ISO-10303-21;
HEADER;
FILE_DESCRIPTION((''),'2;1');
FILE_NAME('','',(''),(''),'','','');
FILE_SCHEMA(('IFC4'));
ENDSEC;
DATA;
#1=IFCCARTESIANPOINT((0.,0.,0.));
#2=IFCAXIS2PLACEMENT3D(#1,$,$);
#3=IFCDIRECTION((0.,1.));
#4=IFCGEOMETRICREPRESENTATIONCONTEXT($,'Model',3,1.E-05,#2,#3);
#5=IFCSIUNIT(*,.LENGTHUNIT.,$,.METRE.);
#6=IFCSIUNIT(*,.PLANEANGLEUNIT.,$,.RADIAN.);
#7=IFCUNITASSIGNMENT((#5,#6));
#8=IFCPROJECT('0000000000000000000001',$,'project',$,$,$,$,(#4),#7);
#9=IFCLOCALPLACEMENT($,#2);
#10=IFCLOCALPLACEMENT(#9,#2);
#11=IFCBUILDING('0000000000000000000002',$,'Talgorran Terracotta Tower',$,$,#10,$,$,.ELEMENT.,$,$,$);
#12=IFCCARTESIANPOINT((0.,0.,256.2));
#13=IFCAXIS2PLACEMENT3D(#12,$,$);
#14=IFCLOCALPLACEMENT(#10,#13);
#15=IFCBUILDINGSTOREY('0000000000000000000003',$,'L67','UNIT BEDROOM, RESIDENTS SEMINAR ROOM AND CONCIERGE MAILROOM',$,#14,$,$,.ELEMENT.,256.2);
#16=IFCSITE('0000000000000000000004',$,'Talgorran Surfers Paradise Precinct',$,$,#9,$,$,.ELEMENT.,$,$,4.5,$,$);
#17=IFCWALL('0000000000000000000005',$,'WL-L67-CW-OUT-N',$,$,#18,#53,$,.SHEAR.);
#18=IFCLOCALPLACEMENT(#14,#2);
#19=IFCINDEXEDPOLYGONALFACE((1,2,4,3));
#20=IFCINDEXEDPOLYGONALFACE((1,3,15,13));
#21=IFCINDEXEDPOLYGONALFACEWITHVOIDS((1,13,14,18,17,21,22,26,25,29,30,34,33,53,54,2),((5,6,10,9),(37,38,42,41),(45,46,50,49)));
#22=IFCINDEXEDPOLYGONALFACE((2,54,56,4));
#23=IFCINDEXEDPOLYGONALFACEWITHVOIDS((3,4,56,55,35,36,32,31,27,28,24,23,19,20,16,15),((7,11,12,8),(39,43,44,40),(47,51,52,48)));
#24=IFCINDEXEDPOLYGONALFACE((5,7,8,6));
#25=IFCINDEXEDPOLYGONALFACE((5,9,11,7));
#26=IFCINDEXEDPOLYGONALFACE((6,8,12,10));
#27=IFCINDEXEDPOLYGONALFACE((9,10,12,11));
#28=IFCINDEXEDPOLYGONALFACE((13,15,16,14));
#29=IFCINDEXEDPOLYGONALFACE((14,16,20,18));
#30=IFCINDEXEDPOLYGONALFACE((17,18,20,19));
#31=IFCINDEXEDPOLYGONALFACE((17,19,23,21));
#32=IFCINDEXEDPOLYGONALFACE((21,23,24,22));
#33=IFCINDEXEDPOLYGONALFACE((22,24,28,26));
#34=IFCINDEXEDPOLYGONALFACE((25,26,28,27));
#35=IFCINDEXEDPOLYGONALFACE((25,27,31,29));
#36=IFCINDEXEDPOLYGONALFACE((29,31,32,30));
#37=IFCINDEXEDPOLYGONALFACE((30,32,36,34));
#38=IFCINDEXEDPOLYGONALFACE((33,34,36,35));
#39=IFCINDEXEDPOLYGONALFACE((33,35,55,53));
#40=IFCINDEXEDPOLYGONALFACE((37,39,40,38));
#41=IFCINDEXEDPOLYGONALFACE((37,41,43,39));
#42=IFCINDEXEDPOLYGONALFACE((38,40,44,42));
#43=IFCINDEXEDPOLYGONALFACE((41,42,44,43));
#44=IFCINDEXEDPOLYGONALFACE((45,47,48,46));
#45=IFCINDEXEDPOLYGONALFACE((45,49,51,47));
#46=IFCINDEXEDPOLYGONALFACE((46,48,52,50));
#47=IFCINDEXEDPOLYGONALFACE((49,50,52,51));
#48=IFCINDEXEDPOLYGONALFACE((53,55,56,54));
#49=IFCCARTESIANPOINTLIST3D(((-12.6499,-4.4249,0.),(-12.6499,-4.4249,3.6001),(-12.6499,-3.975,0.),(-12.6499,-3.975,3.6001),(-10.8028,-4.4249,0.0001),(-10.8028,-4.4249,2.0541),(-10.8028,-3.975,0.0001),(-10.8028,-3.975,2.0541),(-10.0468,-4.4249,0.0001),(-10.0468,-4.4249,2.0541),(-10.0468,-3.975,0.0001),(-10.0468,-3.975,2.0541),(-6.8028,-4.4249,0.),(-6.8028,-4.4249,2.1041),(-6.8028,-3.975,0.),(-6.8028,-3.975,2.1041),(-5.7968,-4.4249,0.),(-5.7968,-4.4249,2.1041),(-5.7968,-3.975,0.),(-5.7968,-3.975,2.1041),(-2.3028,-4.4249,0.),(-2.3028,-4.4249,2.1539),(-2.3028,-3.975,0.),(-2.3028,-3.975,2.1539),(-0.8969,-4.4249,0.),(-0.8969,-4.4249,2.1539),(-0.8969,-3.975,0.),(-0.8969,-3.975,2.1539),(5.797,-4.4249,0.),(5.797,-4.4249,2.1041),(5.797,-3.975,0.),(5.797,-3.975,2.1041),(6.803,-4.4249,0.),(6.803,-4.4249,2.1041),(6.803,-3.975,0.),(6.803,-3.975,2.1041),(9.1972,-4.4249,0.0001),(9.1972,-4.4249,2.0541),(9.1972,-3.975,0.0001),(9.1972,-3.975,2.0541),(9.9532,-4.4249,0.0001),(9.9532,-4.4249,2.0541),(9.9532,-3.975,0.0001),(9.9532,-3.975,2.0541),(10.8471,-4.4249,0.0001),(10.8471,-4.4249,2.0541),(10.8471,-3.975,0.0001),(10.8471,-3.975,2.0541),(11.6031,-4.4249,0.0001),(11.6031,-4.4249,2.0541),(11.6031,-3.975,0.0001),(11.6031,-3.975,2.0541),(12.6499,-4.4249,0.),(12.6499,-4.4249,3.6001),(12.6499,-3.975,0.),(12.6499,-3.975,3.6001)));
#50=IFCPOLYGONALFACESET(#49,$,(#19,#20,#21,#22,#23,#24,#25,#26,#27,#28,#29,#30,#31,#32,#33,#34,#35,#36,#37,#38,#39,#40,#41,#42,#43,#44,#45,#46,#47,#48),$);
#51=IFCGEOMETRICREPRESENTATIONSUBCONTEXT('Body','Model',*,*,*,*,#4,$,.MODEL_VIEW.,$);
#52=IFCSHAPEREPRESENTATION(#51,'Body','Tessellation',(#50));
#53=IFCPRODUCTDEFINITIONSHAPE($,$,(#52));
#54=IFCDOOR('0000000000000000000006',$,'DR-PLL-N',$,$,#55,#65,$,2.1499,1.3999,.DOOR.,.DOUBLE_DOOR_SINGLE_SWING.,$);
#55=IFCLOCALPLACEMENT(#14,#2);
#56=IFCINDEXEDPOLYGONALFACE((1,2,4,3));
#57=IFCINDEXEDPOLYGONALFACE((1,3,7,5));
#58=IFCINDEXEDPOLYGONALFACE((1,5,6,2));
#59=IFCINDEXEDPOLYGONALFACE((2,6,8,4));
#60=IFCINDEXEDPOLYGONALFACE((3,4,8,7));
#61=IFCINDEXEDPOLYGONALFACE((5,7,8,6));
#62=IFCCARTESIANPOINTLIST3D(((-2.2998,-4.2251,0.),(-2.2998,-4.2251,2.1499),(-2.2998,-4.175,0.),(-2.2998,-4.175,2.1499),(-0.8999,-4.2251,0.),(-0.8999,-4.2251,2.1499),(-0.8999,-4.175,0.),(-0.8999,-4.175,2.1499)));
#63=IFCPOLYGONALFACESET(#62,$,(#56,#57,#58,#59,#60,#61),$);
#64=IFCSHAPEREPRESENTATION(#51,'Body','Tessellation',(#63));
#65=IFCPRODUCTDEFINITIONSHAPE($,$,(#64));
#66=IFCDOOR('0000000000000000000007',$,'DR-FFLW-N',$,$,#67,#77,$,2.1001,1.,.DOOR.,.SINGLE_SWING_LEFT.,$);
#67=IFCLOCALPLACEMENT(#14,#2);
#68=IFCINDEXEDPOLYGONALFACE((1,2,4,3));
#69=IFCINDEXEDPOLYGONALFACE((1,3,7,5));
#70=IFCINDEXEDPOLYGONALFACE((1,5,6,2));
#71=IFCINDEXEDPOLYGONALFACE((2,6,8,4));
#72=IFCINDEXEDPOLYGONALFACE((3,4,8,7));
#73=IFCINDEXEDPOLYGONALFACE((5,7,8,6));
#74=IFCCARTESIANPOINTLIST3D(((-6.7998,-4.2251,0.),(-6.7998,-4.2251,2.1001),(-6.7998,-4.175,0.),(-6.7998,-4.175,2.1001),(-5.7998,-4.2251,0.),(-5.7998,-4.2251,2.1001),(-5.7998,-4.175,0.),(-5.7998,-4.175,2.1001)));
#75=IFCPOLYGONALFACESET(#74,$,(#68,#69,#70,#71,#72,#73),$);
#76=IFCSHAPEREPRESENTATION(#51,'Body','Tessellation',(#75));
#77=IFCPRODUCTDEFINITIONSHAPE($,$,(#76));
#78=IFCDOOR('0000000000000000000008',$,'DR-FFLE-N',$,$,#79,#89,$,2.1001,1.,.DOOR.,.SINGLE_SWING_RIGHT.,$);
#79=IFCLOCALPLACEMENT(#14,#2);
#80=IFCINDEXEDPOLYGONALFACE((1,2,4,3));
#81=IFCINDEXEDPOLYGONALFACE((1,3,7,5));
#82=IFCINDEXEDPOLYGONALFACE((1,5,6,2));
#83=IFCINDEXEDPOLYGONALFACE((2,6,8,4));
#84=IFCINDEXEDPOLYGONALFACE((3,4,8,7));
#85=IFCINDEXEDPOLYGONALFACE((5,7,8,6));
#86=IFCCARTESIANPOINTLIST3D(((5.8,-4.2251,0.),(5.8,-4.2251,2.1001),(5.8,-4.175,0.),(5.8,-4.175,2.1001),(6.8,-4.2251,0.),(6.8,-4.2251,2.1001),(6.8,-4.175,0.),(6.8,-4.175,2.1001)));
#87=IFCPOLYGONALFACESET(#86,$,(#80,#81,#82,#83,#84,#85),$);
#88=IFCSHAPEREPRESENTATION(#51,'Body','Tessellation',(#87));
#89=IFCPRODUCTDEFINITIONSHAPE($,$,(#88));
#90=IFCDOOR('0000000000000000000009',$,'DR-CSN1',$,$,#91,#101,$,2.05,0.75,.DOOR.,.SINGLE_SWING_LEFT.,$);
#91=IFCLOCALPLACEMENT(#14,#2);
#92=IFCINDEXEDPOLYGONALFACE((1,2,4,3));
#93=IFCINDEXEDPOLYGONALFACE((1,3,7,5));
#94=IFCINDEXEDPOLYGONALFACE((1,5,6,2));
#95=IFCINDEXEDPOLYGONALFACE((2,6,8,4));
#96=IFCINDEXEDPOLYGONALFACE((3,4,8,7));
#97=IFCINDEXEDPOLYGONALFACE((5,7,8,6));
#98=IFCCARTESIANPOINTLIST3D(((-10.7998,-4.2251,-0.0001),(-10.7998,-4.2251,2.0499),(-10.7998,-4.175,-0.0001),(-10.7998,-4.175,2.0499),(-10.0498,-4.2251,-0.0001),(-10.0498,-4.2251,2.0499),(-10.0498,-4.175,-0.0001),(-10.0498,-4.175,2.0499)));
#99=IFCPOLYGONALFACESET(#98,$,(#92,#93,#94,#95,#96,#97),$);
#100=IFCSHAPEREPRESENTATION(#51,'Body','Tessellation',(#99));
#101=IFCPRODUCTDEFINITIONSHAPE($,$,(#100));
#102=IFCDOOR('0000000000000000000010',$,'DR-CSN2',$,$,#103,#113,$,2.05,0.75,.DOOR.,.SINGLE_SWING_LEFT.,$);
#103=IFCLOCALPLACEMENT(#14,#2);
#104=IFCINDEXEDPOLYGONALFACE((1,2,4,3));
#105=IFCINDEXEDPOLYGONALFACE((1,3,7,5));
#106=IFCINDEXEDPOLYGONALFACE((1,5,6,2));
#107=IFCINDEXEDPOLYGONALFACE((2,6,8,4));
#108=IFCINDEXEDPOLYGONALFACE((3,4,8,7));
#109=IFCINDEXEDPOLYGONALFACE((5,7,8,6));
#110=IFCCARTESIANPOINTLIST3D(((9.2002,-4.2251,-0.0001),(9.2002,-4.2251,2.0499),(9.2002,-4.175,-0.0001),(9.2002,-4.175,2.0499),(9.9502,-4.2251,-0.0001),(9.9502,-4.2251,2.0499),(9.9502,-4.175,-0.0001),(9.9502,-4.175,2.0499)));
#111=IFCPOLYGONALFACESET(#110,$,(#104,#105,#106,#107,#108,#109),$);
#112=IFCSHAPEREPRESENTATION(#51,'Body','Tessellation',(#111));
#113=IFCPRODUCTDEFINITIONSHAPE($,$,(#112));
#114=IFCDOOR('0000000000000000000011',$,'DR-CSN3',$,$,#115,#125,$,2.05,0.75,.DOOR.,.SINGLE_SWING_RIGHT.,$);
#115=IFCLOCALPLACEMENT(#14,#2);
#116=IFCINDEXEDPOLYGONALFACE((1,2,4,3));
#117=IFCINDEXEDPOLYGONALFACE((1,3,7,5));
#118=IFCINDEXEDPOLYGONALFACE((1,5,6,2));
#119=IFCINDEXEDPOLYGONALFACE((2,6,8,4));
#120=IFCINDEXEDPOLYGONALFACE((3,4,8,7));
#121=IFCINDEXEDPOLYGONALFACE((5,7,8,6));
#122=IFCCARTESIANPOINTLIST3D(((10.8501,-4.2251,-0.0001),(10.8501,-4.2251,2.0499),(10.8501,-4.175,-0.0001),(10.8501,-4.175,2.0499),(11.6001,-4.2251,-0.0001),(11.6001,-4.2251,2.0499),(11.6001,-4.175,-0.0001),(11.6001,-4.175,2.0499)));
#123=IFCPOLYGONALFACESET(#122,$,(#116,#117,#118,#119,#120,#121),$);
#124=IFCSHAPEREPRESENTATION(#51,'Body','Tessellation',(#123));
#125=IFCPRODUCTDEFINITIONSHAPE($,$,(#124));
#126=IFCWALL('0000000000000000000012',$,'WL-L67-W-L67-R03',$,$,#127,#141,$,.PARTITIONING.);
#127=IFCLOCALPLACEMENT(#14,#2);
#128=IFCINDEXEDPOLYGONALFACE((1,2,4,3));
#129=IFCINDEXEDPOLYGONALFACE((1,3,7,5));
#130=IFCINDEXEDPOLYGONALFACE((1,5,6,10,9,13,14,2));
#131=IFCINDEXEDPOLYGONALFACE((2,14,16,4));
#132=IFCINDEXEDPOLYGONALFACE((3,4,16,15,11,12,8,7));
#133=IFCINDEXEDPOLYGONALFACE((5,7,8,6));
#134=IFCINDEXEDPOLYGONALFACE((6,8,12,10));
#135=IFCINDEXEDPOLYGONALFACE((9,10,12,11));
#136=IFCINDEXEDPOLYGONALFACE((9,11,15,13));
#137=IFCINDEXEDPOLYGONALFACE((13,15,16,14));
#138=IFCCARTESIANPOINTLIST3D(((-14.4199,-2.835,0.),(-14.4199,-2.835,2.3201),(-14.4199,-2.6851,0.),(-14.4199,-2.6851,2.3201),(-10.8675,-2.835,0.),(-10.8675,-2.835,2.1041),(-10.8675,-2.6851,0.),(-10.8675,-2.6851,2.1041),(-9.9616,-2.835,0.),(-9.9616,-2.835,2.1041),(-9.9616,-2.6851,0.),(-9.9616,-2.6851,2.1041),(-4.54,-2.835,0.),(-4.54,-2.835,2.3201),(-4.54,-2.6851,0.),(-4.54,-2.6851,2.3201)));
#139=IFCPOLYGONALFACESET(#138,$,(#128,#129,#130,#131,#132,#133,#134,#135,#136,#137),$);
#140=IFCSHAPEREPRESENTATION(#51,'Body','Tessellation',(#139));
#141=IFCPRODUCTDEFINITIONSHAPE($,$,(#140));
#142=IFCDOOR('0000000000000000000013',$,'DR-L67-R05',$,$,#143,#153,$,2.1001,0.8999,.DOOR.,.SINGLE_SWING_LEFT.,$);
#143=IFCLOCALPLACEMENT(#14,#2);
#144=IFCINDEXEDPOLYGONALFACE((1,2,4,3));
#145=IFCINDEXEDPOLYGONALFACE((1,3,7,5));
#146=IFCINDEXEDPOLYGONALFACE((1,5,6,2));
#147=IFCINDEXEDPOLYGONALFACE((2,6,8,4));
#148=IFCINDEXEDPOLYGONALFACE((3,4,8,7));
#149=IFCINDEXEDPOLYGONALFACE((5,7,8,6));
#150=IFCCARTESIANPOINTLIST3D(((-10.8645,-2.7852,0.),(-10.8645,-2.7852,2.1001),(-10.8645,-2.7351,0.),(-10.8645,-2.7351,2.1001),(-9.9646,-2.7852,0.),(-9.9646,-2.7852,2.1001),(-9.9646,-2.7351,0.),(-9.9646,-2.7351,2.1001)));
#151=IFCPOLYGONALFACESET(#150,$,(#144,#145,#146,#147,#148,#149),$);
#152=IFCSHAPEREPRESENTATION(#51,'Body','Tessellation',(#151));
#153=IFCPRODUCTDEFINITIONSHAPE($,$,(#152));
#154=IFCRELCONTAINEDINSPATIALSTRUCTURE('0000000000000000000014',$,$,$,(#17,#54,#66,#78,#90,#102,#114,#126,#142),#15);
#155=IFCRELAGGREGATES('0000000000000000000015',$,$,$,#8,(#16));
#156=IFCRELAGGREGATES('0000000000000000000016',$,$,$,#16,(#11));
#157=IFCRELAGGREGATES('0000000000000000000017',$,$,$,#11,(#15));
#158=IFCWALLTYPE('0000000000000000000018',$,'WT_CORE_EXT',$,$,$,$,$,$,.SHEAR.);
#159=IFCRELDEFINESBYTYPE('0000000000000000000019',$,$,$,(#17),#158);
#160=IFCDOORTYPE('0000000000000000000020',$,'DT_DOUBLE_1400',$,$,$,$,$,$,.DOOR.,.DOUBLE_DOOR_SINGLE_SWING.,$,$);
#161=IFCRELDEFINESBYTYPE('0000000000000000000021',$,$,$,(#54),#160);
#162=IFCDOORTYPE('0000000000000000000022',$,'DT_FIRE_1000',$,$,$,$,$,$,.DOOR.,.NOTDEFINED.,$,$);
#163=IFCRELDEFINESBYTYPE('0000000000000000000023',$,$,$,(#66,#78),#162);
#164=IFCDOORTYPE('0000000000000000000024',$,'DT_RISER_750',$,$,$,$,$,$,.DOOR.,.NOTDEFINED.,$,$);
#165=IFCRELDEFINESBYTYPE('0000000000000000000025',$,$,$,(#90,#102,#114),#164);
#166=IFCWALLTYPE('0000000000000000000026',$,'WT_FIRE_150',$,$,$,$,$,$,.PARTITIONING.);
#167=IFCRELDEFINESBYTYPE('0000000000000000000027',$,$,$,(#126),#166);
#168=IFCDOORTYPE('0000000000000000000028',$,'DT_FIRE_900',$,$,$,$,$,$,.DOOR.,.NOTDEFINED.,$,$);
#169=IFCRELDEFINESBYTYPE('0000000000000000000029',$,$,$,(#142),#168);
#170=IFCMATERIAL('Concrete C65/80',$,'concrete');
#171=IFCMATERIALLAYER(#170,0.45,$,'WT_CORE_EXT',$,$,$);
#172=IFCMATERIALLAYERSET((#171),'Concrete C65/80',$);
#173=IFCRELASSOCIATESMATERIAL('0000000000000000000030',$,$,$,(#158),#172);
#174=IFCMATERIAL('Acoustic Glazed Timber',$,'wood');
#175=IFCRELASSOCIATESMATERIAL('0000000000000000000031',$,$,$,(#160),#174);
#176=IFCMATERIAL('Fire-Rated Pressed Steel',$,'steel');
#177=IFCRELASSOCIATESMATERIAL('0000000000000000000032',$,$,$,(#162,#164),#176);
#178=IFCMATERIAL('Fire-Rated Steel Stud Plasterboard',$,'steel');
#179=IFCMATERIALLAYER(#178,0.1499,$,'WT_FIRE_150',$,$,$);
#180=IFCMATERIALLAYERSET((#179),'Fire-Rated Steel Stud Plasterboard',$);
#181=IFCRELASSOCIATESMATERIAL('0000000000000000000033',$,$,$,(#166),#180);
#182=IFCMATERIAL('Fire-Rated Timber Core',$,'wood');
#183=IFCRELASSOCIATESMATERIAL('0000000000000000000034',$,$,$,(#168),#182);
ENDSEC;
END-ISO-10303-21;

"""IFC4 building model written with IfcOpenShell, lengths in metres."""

from ifc_helpers import new_model, si_unit, direction, frame, frame_2d, origin, place, context, subcontext, project, spatial, rectangle, extrude, material, layer, layer_set, type_object, element, fill, save


model = new_model("IFC4")

# Units and contexts
model_context = context("Model", 3, precision=1e-05, world=origin(), true_north=direction((0.0, 1.0)))
body_context = subcontext(model_context, "Body", "Model", "MODEL_VIEW")
ifc_project = project(units=[si_unit("LENGTHUNIT", "METRE"), si_unit("PLANEANGLEUNIT", "RADIAN")], contexts=[model_context])

# Site, building, storey
site_placement = place(None, origin())
site = spatial("IfcSite", under=ifc_project, at=site_placement, Name="Talgorran Surfers Paradise Precinct", CompositionType="ELEMENT", RefElevation=4.5)
building_placement = place(site_placement, origin())
building = spatial("IfcBuilding", under=site, at=building_placement, Name="Talgorran Terracotta Tower", CompositionType="ELEMENT")
storey_placement = place(building_placement, frame((0.0, 0.0, 256.2)))
storey = spatial("IfcBuildingStorey", under=building, at=storey_placement, Name="L67", Description="UNIT BEDROOM, RESIDENTS SEMINAR ROOM AND CONCIERGE MAILROOM", CompositionType="ELEMENT", Elevation=256.2)

# Wall, openings, doors
ifc_material_1 = material(Name="Concrete C65/80", Category="concrete")
ifc_layer_1 = layer(ifc_material_1, 0.45, Name="WT_CORE_EXT")
ifc_layer_set_1 = layer_set([ifc_layer_1], Name="Concrete C65/80")
wall_type_1 = type_object("IfcWallType", Name="WT_CORE_EXT", PredefinedType="SHEAR", material=ifc_layer_set_1)
wall_1_placement = place(storey_placement, frame((-12.6499, -4.2, 0.0), z_axis=(0.0, 0.0, 1.0), x_axis=(1.0, 0.0, 0.0)))
wall_1 = element("IfcWall", 1, at=wall_1_placement, inside=storey, type_object=wall_type_1, Name="WL-L67-CW-OUT-N", PredefinedType="SHEAR", context=body_context, shape_type="SweptSolid", body=[
    extrude(rectangle(XDim=25.2998, YDim=0.45, at=frame_2d((12.6499, 0.0))), origin(), (0.0, 0.0, 1.0), 3.6001),
])
opening_1_placement = place(wall_1_placement, frame((1.8501, 0.0, 0.0)))
opening_1 = element("IfcOpeningElement", 2, at=opening_1_placement, cuts=wall_1, PredefinedType="OPENING", context=body_context, shape_type="SweptSolid", body=[
    extrude(rectangle(XDim=0.756, YDim=2.054, at=frame_2d((0.375, 1.0271))), frame((0.0, 0.2349, 0.0), z_axis=(0.0, -1.0, 0.0), x_axis=(1.0, 0.0, 0.0)), (0.0, 0.0, 1.0), 0.47),
])
opening_2_placement = place(wall_1_placement, frame((21.8501, 0.0, 0.0)))
opening_2 = element("IfcOpeningElement", 3, at=opening_2_placement, cuts=wall_1, PredefinedType="OPENING", context=body_context, shape_type="SweptSolid", body=[
    extrude(rectangle(XDim=0.756, YDim=2.054, at=frame_2d((0.375, 1.0271))), frame((0.0, 0.2349, 0.0), z_axis=(0.0, -1.0, 0.0), x_axis=(1.0, 0.0, 0.0)), (0.0, 0.0, 1.0), 0.47),
])
opening_3_placement = place(wall_1_placement, frame((23.5, 0.0, 0.0)))
opening_3 = element("IfcOpeningElement", 4, at=opening_3_placement, cuts=wall_1, PredefinedType="OPENING", context=body_context, shape_type="SweptSolid", body=[
    extrude(rectangle(XDim=0.756, YDim=2.054, at=frame_2d((0.375, 1.0271))), frame((0.0, 0.2349, 0.0), z_axis=(0.0, -1.0, 0.0), x_axis=(1.0, 0.0, 0.0)), (0.0, 0.0, 1.0), 0.47),
])
opening_4_placement = place(wall_1_placement, frame((5.8501, 0.0, 0.0)))
opening_4 = element("IfcOpeningElement", 5, at=opening_4_placement, cuts=wall_1, PredefinedType="OPENING", context=body_context, shape_type="SweptSolid", body=[
    extrude(rectangle(XDim=1.006, YDim=2.1041, at=frame_2d((0.5, 1.052))), frame((0.0, 0.2349, 0.0), z_axis=(0.0, -1.0, 0.0), x_axis=(1.0, 0.0, 0.0)), (0.0, 0.0, 1.0), 0.47),
])
opening_5_placement = place(wall_1_placement, frame((10.3501, 0.0, 0.0)))
opening_5 = element("IfcOpeningElement", 6, at=opening_5_placement, cuts=wall_1, PredefinedType="OPENING", context=body_context, shape_type="SweptSolid", body=[
    extrude(rectangle(XDim=1.4059, YDim=2.1539, at=frame_2d((0.7, 1.0769))), frame((0.0, 0.2349, 0.0), z_axis=(0.0, -1.0, 0.0), x_axis=(1.0, 0.0, 0.0)), (0.0, 0.0, 1.0), 0.47),
])
opening_6_placement = place(wall_1_placement, frame((18.45, 0.0, 0.0)))
opening_6 = element("IfcOpeningElement", 7, at=opening_6_placement, cuts=wall_1, PredefinedType="OPENING", context=body_context, shape_type="SweptSolid", body=[
    extrude(rectangle(XDim=1.006, YDim=2.1041, at=frame_2d((0.5, 1.052))), frame((0.0, 0.2349, 0.0), z_axis=(0.0, -1.0, 0.0), x_axis=(1.0, 0.0, 0.0)), (0.0, 0.0, 1.0), 0.47),
])
ifc_material_2 = material(Name="Acoustic Glazed Timber", Category="wood")
door_type_1 = type_object("IfcDoorType", Name="DT_DOUBLE_1400", OperationType="DOUBLE_DOOR_SINGLE_SWING", PredefinedType="DOOR", material=ifc_material_2)
door_1_placement = place(opening_5_placement, origin())
door_1 = element("IfcDoor", 8, at=door_1_placement, inside=storey, type_object=door_type_1, Name="DR-PLL-N", OperationType="DOUBLE_DOOR_SINGLE_SWING", OverallHeight=2.1499, OverallWidth=1.3999, PredefinedType="DOOR", context=body_context, shape_type="SweptSolid", body=[
    extrude(rectangle(XDim=1.3999, YDim=2.1499, at=frame_2d((0.7, 1.075))), frame((0.0, 0.0249, 0.0), z_axis=(0.0, -1.0, 0.0), x_axis=(1.0, 0.0, 0.0)), (0.0, 0.0, 1.0), 0.05),
])
fill(opening_5, door_1)
ifc_material_3 = material(Name="Fire-Rated Pressed Steel", Category="steel")
door_type_2 = type_object("IfcDoorType", Name="DT_FIRE_1000", OperationType="NOTDEFINED", PredefinedType="DOOR", material=ifc_material_3)
door_2_placement = place(opening_4_placement, origin())
door_2 = element("IfcDoor", 9, at=door_2_placement, inside=storey, type_object=door_type_2, Name="DR-FFLW-N", OperationType="SINGLE_SWING_LEFT", OverallHeight=2.1001, OverallWidth=1.0, PredefinedType="DOOR", context=body_context, shape_type="SweptSolid", body=[
    extrude(rectangle(XDim=1.0, YDim=2.1001, at=frame_2d((0.5, 1.05))), frame((0.0, 0.0249, 0.0), z_axis=(0.0, -1.0, 0.0), x_axis=(1.0, 0.0, 0.0)), (0.0, 0.0, 1.0), 0.05),
])
fill(opening_4, door_2)
door_3_placement = place(opening_6_placement, origin())
door_3 = element("IfcDoor", 10, at=door_3_placement, inside=storey, type_object=door_type_2, Name="DR-FFLE-N", OperationType="SINGLE_SWING_RIGHT", OverallHeight=2.1001, OverallWidth=1.0, PredefinedType="DOOR", context=body_context, shape_type="SweptSolid", body=[
    extrude(rectangle(XDim=1.0, YDim=2.1001, at=frame_2d((0.5, 1.05))), frame((0.0, 0.0249, 0.0), z_axis=(0.0, -1.0, 0.0), x_axis=(1.0, 0.0, 0.0)), (0.0, 0.0, 1.0), 0.05),
])
fill(opening_6, door_3)
door_type_3 = type_object("IfcDoorType", Name="DT_RISER_750", OperationType="NOTDEFINED", PredefinedType="DOOR", material=ifc_material_3)
door_4_placement = place(opening_1_placement, origin())
door_4 = element("IfcDoor", 11, at=door_4_placement, inside=storey, type_object=door_type_3, Name="DR-CSN1", OperationType="SINGLE_SWING_LEFT", OverallHeight=2.05, OverallWidth=0.75, PredefinedType="DOOR", context=body_context, shape_type="SweptSolid", body=[
    extrude(rectangle(XDim=0.75, YDim=2.05, at=frame_2d((0.375, 1.0249))), frame((0.0, 0.0249, 0.0), z_axis=(0.0, -1.0, 0.0), x_axis=(1.0, 0.0, 0.0)), (0.0, 0.0, 1.0), 0.05),
])
fill(opening_1, door_4)
door_5_placement = place(opening_2_placement, origin())
door_5 = element("IfcDoor", 12, at=door_5_placement, inside=storey, type_object=door_type_3, Name="DR-CSN2", OperationType="SINGLE_SWING_LEFT", OverallHeight=2.05, OverallWidth=0.75, PredefinedType="DOOR", context=body_context, shape_type="SweptSolid", body=[
    extrude(rectangle(XDim=0.75, YDim=2.05, at=frame_2d((0.375, 1.0249))), frame((0.0, 0.0249, 0.0), z_axis=(0.0, -1.0, 0.0), x_axis=(1.0, 0.0, 0.0)), (0.0, 0.0, 1.0), 0.05),
])
fill(opening_2, door_5)
door_6_placement = place(opening_3_placement, origin())
door_6 = element("IfcDoor", 13, at=door_6_placement, inside=storey, type_object=door_type_3, Name="DR-CSN3", OperationType="SINGLE_SWING_RIGHT", OverallHeight=2.05, OverallWidth=0.75, PredefinedType="DOOR", context=body_context, shape_type="SweptSolid", body=[
    extrude(rectangle(XDim=0.75, YDim=2.05, at=frame_2d((0.375, 1.0249))), frame((0.0, 0.0249, 0.0), z_axis=(0.0, -1.0, 0.0), x_axis=(1.0, 0.0, 0.0)), (0.0, 0.0, 1.0), 0.05),
])
fill(opening_3, door_6)

# Wall, opening, door
ifc_material_4 = material(Name="Fire-Rated Steel Stud Plasterboard", Category="steel")
ifc_layer_2 = layer(ifc_material_4, 0.1499, Name="WT_FIRE_150")
ifc_layer_set_2 = layer_set([ifc_layer_2], Name="Fire-Rated Steel Stud Plasterboard")
wall_type_2 = type_object("IfcWallType", Name="WT_FIRE_150", PredefinedType="PARTITIONING", material=ifc_layer_set_2)
wall_2_placement = place(storey_placement, frame((-14.4199, -2.76, 0.0), z_axis=(0.0, 0.0, 1.0), x_axis=(1.0, 0.0, 0.0)))
wall_2 = element("IfcWall", 14, at=wall_2_placement, inside=storey, type_object=wall_type_2, Name="WL-L67-W-L67-R03", PredefinedType="PARTITIONING", context=body_context, shape_type="SweptSolid", body=[
    extrude(rectangle(XDim=9.8799, YDim=0.1499, at=frame_2d((4.9399, 0.0))), origin(), (0.0, 0.0, 1.0), 2.3201),
])
opening_7_placement = place(wall_2_placement, frame((3.5554, 0.0, 0.0)))
opening_7 = element("IfcOpeningElement", 15, at=opening_7_placement, cuts=wall_2, PredefinedType="OPENING", context=body_context, shape_type="SweptSolid", body=[
    extrude(rectangle(XDim=0.9059, YDim=2.1041, at=frame_2d((0.45, 1.052))), frame((0.0, 0.085, 0.0), z_axis=(0.0, -1.0, 0.0), x_axis=(1.0, 0.0, 0.0)), (0.0, 0.0, 1.0), 0.1699),
])
ifc_material_5 = material(Name="Fire-Rated Timber Core", Category="wood")
door_type_4 = type_object("IfcDoorType", Name="DT_FIRE_900", OperationType="NOTDEFINED", PredefinedType="DOOR", material=ifc_material_5)
door_7_placement = place(opening_7_placement, origin())
door_7 = element("IfcDoor", 16, at=door_7_placement, inside=storey, type_object=door_type_4, Name="DR-L67-R05", OperationType="SINGLE_SWING_LEFT", OverallHeight=2.1001, OverallWidth=0.8999, PredefinedType="DOOR", context=body_context, shape_type="SweptSolid", body=[
    extrude(rectangle(XDim=0.8999, YDim=2.1001, at=frame_2d((0.45, 1.05))), frame((0.0, 0.0249, 0.0), z_axis=(0.0, -1.0, 0.0), x_axis=(1.0, 0.0, 0.0)), (0.0, 0.0, 1.0), 0.05),
])
fill(opening_7, door_7)

save(model, "model.ifc")
